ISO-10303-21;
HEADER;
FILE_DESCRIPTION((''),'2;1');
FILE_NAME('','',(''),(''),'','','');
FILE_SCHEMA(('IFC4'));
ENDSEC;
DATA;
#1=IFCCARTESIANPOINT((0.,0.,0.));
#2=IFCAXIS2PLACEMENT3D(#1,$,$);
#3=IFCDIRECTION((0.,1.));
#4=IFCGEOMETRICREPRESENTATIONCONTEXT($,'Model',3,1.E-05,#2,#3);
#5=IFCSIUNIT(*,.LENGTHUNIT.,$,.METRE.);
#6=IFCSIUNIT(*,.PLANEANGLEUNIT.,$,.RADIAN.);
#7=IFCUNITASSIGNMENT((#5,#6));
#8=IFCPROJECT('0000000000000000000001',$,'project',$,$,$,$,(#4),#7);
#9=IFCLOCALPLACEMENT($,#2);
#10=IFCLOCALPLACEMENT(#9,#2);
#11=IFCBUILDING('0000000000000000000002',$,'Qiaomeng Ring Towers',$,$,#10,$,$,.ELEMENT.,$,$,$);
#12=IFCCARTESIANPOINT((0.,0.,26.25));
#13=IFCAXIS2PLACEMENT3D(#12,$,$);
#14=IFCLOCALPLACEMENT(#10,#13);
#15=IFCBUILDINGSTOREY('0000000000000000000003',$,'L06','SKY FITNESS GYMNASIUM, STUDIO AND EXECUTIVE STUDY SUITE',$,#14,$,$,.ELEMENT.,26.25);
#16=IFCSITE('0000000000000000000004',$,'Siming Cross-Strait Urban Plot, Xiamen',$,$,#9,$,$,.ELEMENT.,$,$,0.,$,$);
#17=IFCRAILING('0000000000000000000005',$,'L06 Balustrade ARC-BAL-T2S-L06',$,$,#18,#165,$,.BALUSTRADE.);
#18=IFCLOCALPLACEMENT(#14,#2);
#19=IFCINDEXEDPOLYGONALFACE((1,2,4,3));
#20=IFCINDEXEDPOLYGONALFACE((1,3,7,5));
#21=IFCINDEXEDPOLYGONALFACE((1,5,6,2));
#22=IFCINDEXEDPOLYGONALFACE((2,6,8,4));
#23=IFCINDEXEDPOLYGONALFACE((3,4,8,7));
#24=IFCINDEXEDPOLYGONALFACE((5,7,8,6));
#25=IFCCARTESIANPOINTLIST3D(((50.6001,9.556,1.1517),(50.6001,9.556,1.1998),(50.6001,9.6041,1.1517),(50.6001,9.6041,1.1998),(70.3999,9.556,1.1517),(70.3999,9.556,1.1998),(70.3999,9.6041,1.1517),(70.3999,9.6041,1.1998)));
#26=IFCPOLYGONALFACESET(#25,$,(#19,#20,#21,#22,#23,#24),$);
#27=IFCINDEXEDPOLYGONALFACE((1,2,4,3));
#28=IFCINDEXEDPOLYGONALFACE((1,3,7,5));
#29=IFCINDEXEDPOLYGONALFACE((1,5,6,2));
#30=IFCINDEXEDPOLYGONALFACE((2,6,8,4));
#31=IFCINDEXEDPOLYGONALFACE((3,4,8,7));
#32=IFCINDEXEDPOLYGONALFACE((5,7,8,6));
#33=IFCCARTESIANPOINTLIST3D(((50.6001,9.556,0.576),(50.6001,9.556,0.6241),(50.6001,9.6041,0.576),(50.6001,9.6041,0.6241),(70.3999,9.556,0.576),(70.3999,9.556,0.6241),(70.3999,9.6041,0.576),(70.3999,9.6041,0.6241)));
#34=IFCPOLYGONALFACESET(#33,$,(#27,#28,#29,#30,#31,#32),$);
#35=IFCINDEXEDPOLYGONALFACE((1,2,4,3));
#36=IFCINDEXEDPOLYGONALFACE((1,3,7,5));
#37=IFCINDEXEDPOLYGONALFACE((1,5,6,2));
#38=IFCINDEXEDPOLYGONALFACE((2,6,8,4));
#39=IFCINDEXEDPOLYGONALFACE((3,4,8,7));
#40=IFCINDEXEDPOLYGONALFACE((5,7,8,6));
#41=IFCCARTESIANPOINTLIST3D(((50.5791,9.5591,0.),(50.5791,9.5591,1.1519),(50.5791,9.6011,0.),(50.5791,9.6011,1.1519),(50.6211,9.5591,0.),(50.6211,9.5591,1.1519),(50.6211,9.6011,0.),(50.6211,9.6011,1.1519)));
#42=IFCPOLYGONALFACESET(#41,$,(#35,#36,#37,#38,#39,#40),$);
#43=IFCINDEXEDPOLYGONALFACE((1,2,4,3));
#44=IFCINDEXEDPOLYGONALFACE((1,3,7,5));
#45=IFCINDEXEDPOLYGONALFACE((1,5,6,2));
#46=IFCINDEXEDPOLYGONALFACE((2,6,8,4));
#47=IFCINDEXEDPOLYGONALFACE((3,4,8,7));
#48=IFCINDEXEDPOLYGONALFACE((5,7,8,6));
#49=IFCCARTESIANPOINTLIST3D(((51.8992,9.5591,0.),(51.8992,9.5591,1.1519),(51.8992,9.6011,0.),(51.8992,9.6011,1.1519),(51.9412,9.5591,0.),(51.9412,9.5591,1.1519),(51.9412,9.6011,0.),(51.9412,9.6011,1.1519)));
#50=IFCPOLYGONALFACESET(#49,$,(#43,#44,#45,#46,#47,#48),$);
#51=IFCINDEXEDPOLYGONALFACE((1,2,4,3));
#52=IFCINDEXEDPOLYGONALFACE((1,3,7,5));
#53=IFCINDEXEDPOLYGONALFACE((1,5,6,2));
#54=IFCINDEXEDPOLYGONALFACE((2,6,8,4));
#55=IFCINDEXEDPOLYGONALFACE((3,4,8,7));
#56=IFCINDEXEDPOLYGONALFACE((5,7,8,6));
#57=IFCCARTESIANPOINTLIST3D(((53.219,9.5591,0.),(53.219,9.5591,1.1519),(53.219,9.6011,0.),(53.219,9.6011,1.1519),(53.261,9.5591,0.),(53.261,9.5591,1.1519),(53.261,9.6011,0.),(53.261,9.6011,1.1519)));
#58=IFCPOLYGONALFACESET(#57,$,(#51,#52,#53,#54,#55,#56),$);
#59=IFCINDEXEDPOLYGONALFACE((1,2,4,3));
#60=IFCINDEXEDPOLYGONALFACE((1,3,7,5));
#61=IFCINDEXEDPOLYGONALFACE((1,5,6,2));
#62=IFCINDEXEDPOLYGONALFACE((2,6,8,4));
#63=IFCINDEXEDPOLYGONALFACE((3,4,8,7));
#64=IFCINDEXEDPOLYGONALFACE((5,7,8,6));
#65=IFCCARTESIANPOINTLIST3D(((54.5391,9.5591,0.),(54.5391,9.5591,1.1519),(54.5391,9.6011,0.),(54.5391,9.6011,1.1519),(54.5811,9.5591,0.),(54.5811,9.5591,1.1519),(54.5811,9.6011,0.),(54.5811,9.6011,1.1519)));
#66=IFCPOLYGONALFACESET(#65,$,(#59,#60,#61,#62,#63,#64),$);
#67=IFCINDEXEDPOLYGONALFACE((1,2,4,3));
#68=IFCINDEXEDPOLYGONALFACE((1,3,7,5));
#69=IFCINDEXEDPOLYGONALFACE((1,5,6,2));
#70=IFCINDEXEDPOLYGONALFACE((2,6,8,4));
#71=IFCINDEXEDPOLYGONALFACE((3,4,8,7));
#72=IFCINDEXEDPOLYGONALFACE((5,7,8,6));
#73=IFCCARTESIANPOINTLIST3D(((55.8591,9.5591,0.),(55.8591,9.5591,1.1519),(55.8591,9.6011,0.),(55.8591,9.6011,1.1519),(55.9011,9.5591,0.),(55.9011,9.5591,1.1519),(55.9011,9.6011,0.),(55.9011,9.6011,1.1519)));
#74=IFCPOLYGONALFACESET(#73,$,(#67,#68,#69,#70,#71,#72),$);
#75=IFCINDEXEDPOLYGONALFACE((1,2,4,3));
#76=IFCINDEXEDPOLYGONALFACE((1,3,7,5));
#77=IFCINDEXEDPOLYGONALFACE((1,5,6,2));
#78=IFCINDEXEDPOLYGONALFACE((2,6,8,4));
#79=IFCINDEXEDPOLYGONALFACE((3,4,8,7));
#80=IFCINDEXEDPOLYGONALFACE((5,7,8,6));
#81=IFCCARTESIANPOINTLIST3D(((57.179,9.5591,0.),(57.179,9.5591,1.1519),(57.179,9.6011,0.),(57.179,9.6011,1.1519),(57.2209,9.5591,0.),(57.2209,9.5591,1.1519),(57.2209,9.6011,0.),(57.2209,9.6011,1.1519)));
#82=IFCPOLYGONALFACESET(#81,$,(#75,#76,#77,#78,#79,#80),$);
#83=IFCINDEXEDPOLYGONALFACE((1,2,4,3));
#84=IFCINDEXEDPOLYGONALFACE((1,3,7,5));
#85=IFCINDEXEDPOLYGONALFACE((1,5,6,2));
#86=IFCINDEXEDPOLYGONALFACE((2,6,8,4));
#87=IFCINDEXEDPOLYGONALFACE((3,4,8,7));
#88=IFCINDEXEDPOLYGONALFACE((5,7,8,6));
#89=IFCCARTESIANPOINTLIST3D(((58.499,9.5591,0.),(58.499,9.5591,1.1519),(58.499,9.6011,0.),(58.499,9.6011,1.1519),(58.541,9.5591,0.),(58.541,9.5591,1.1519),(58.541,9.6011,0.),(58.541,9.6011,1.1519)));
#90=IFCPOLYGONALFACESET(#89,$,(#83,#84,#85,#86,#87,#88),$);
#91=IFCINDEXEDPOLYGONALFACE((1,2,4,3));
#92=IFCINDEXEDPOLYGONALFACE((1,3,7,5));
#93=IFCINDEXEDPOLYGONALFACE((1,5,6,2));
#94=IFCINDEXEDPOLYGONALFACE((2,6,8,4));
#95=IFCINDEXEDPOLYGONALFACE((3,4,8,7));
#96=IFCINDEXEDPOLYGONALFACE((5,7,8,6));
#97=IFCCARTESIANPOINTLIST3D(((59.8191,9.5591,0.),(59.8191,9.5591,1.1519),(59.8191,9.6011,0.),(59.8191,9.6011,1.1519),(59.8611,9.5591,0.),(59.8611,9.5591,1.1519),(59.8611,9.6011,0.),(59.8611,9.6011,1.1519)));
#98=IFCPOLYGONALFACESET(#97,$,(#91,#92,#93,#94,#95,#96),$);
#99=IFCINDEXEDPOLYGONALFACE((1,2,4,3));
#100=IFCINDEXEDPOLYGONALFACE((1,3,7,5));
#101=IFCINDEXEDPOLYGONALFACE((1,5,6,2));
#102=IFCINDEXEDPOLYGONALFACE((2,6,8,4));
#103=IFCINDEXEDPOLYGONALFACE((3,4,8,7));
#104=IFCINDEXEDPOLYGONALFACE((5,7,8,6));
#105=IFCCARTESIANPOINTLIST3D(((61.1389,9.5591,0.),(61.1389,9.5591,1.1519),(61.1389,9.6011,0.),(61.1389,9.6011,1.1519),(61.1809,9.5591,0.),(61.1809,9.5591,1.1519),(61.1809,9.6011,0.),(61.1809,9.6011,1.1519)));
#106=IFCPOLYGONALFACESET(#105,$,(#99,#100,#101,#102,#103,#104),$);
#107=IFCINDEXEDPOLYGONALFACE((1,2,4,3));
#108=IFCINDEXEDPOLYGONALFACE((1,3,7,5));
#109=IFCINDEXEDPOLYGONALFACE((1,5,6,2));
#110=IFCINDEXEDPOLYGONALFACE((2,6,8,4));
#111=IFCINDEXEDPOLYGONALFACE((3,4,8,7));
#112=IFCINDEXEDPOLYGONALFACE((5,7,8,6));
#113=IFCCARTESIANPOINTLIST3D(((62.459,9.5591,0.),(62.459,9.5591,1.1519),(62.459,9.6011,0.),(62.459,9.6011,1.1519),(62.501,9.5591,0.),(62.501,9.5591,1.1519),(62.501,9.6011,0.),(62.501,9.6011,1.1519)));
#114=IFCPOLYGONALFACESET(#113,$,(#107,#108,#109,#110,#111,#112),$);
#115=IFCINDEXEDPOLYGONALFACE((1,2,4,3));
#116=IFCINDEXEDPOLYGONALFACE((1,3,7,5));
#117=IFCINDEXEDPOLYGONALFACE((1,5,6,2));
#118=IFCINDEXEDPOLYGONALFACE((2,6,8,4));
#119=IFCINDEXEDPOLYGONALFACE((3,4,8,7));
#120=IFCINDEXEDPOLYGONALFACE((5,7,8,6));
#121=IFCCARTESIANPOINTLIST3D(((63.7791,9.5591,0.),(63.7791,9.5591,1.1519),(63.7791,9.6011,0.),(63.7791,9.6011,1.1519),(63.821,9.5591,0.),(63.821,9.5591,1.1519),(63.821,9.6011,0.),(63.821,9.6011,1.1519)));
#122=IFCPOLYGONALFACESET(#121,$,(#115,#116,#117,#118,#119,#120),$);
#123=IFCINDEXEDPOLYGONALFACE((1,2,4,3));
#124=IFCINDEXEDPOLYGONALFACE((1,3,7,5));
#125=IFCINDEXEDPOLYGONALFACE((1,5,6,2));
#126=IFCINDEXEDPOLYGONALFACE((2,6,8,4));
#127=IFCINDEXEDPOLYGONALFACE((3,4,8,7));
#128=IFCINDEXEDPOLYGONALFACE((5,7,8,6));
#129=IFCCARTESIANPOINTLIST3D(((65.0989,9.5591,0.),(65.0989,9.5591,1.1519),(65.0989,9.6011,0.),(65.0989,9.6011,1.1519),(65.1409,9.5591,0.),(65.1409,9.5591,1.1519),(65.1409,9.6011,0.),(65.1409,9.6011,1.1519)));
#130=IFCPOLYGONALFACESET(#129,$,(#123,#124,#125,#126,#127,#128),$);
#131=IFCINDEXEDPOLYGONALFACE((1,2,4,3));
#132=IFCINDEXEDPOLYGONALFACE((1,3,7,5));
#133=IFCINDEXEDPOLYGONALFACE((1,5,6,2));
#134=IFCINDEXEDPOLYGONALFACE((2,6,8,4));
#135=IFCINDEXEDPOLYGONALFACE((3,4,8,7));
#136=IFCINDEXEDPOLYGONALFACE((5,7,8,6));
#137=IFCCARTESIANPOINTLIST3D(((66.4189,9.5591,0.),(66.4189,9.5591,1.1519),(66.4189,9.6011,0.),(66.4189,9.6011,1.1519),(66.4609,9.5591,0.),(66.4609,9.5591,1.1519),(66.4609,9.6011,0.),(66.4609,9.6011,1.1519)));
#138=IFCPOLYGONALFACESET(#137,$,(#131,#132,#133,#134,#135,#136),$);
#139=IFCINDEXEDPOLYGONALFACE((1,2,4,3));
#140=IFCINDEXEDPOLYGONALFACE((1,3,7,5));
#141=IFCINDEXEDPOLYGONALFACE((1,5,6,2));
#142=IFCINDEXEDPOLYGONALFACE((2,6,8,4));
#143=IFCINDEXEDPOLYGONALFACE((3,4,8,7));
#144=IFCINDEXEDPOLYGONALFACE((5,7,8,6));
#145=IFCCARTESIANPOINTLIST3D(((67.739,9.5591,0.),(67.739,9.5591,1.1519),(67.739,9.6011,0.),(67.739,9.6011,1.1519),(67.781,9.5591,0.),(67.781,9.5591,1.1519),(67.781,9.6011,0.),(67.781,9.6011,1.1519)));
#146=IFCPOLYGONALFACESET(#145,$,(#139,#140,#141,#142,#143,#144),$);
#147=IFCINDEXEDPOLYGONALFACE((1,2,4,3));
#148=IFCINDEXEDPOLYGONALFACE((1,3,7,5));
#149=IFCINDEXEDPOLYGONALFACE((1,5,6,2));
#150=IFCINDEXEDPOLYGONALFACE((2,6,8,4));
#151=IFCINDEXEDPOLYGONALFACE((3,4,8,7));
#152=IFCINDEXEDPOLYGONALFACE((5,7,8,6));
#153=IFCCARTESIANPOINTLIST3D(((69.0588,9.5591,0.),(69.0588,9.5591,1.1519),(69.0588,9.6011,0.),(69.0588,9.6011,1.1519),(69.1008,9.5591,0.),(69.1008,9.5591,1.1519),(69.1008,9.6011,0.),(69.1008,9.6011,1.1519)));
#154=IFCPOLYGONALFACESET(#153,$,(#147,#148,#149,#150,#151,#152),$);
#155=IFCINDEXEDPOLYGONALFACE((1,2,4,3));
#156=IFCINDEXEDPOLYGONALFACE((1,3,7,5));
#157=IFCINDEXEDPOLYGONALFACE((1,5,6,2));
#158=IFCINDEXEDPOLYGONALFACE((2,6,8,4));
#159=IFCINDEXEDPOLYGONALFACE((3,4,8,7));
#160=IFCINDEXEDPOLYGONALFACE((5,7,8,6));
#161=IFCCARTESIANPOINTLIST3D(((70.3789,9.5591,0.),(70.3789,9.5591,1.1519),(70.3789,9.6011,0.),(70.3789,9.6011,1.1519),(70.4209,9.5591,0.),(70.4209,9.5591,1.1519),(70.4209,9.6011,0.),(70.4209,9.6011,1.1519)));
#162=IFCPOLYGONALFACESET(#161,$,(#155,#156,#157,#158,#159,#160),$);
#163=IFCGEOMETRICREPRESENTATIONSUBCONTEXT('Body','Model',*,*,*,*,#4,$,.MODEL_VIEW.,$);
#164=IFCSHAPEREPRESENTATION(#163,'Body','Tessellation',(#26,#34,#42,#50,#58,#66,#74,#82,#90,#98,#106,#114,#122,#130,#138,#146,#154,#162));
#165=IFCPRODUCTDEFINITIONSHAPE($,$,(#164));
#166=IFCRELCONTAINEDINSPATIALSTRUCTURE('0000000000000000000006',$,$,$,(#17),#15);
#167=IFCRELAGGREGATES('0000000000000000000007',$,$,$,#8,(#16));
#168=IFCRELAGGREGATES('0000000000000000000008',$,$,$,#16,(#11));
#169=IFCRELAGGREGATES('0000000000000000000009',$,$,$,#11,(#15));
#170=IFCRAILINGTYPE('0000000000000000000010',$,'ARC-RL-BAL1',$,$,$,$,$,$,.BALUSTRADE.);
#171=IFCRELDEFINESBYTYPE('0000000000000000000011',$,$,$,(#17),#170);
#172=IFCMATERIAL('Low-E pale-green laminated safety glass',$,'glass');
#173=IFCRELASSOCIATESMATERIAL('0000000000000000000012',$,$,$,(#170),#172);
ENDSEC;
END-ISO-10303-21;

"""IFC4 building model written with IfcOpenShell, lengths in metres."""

from ifc_helpers import new_model, si_unit, direction, frame, origin, origin_2d, place, context, subcontext, project, spatial, rectangle, extrude, material, type_object, element, save


model = new_model("IFC4")

# Units and contexts
model_context = context("Model", 3, precision=1e-05, world=origin(), true_north=direction((0.0, 1.0)))
body_context = subcontext(model_context, "Body", "Model", "MODEL_VIEW")
ifc_project = project(units=[si_unit("LENGTHUNIT", "METRE"), si_unit("PLANEANGLEUNIT", "RADIAN")], contexts=[model_context])

# Site, building, storey
site_placement = place(None, origin())
site = spatial("IfcSite", under=ifc_project, at=site_placement, Name="Siming Cross-Strait Urban Plot, Xiamen", CompositionType="ELEMENT", RefElevation=0.0)
building_placement = place(site_placement, origin())
building = spatial("IfcBuilding", under=site, at=building_placement, Name="Qiaomeng Ring Towers", CompositionType="ELEMENT")
storey_placement = place(building_placement, frame((0.0, 0.0, 26.25)))
storey = spatial("IfcBuildingStorey", under=building, at=storey_placement, Name="L06", Description="SKY FITNESS GYMNASIUM, STUDIO AND EXECUTIVE STUDY SUITE", CompositionType="ELEMENT", Elevation=26.25)

# Railing
ifc_material_1 = material(Name="Low-E pale-green laminated safety glass", Category="glass")
railing_type = type_object("IfcRailingType", Name="ARC-RL-BAL1", PredefinedType="BALUSTRADE", material=ifc_material_1)
railing_placement = place(storey_placement, frame((50.6001, 9.5801, 0.0)))
element("IfcRailing", 1, at=railing_placement, inside=storey, type_object=railing_type, Name="L06 Balustrade ARC-BAL-T2S-L06", PredefinedType="BALUSTRADE", context=body_context, shape_type="SweptSolid", body=[
    extrude(rectangle(XDim=0.0481, YDim=0.0481, at=origin_2d()), frame((0.0, 0.0, 1.1758), z_axis=(1.0, 0.0, 0.0), x_axis=(0.0, 1.0, 0.0)), (0.0, 0.0, 1.0), 19.7998),
    extrude(rectangle(XDim=0.0481, YDim=0.0481, at=origin_2d()), frame((0.0, 0.0, 0.6001), z_axis=(1.0, 0.0, 0.0), x_axis=(0.0, 1.0, 0.0)), (0.0, 0.0, 1.0), 19.7998),
    extrude(rectangle(XDim=0.042, YDim=0.042, at=origin_2d()), origin(), (0.0, 0.0, 1.0), 1.1519),
    extrude(rectangle(XDim=0.042, YDim=0.042, at=origin_2d()), frame((1.3201, 0.0, 0.0)), (0.0, 0.0, 1.0), 1.1519),
    extrude(rectangle(XDim=0.042, YDim=0.042, at=origin_2d()), frame((2.6399, 0.0, 0.0)), (0.0, 0.0, 1.0), 1.1519),
    extrude(rectangle(XDim=0.042, YDim=0.042, at=origin_2d()), frame((3.96, 0.0, 0.0)), (0.0, 0.0, 1.0), 1.1519),
    extrude(rectangle(XDim=0.042, YDim=0.042, at=origin_2d()), frame((5.28, 0.0, 0.0)), (0.0, 0.0, 1.0), 1.1519),
    extrude(rectangle(XDim=0.042, YDim=0.042, at=origin_2d()), frame((6.5999, 0.0, 0.0)), (0.0, 0.0, 1.0), 1.1519),
    extrude(rectangle(XDim=0.042, YDim=0.042, at=origin_2d()), frame((7.9199, 0.0, 0.0)), (0.0, 0.0, 1.0), 1.1519),
    extrude(rectangle(XDim=0.042, YDim=0.042, at=origin_2d()), frame((9.24, 0.0, 0.0)), (0.0, 0.0, 1.0), 1.1519),
    extrude(rectangle(XDim=0.042, YDim=0.042, at=origin_2d()), frame((10.5598, 0.0, 0.0)), (0.0, 0.0, 1.0), 1.1519),
    extrude(rectangle(XDim=0.042, YDim=0.042, at=origin_2d()), frame((11.8799, 0.0, 0.0)), (0.0, 0.0, 1.0), 1.1519),
    extrude(rectangle(XDim=0.042, YDim=0.042, at=origin_2d()), frame((13.2, 0.0, 0.0)), (0.0, 0.0, 1.0), 1.1519),
    extrude(rectangle(XDim=0.042, YDim=0.042, at=origin_2d()), frame((14.5198, 0.0, 0.0)), (0.0, 0.0, 1.0), 1.1519),
    extrude(rectangle(XDim=0.042, YDim=0.042, at=origin_2d()), frame((15.8398, 0.0, 0.0)), (0.0, 0.0, 1.0), 1.1519),
    extrude(rectangle(XDim=0.042, YDim=0.042, at=origin_2d()), frame((17.1599, 0.0, 0.0)), (0.0, 0.0, 1.0), 1.1519),
    extrude(rectangle(XDim=0.042, YDim=0.042, at=origin_2d()), frame((18.4797, 0.0, 0.0)), (0.0, 0.0, 1.0), 1.1519),
    extrude(rectangle(XDim=0.042, YDim=0.042, at=origin_2d()), frame((19.7998, 0.0, 0.0)), (0.0, 0.0, 1.0), 1.1519),
])

save(model, "model.ifc")
